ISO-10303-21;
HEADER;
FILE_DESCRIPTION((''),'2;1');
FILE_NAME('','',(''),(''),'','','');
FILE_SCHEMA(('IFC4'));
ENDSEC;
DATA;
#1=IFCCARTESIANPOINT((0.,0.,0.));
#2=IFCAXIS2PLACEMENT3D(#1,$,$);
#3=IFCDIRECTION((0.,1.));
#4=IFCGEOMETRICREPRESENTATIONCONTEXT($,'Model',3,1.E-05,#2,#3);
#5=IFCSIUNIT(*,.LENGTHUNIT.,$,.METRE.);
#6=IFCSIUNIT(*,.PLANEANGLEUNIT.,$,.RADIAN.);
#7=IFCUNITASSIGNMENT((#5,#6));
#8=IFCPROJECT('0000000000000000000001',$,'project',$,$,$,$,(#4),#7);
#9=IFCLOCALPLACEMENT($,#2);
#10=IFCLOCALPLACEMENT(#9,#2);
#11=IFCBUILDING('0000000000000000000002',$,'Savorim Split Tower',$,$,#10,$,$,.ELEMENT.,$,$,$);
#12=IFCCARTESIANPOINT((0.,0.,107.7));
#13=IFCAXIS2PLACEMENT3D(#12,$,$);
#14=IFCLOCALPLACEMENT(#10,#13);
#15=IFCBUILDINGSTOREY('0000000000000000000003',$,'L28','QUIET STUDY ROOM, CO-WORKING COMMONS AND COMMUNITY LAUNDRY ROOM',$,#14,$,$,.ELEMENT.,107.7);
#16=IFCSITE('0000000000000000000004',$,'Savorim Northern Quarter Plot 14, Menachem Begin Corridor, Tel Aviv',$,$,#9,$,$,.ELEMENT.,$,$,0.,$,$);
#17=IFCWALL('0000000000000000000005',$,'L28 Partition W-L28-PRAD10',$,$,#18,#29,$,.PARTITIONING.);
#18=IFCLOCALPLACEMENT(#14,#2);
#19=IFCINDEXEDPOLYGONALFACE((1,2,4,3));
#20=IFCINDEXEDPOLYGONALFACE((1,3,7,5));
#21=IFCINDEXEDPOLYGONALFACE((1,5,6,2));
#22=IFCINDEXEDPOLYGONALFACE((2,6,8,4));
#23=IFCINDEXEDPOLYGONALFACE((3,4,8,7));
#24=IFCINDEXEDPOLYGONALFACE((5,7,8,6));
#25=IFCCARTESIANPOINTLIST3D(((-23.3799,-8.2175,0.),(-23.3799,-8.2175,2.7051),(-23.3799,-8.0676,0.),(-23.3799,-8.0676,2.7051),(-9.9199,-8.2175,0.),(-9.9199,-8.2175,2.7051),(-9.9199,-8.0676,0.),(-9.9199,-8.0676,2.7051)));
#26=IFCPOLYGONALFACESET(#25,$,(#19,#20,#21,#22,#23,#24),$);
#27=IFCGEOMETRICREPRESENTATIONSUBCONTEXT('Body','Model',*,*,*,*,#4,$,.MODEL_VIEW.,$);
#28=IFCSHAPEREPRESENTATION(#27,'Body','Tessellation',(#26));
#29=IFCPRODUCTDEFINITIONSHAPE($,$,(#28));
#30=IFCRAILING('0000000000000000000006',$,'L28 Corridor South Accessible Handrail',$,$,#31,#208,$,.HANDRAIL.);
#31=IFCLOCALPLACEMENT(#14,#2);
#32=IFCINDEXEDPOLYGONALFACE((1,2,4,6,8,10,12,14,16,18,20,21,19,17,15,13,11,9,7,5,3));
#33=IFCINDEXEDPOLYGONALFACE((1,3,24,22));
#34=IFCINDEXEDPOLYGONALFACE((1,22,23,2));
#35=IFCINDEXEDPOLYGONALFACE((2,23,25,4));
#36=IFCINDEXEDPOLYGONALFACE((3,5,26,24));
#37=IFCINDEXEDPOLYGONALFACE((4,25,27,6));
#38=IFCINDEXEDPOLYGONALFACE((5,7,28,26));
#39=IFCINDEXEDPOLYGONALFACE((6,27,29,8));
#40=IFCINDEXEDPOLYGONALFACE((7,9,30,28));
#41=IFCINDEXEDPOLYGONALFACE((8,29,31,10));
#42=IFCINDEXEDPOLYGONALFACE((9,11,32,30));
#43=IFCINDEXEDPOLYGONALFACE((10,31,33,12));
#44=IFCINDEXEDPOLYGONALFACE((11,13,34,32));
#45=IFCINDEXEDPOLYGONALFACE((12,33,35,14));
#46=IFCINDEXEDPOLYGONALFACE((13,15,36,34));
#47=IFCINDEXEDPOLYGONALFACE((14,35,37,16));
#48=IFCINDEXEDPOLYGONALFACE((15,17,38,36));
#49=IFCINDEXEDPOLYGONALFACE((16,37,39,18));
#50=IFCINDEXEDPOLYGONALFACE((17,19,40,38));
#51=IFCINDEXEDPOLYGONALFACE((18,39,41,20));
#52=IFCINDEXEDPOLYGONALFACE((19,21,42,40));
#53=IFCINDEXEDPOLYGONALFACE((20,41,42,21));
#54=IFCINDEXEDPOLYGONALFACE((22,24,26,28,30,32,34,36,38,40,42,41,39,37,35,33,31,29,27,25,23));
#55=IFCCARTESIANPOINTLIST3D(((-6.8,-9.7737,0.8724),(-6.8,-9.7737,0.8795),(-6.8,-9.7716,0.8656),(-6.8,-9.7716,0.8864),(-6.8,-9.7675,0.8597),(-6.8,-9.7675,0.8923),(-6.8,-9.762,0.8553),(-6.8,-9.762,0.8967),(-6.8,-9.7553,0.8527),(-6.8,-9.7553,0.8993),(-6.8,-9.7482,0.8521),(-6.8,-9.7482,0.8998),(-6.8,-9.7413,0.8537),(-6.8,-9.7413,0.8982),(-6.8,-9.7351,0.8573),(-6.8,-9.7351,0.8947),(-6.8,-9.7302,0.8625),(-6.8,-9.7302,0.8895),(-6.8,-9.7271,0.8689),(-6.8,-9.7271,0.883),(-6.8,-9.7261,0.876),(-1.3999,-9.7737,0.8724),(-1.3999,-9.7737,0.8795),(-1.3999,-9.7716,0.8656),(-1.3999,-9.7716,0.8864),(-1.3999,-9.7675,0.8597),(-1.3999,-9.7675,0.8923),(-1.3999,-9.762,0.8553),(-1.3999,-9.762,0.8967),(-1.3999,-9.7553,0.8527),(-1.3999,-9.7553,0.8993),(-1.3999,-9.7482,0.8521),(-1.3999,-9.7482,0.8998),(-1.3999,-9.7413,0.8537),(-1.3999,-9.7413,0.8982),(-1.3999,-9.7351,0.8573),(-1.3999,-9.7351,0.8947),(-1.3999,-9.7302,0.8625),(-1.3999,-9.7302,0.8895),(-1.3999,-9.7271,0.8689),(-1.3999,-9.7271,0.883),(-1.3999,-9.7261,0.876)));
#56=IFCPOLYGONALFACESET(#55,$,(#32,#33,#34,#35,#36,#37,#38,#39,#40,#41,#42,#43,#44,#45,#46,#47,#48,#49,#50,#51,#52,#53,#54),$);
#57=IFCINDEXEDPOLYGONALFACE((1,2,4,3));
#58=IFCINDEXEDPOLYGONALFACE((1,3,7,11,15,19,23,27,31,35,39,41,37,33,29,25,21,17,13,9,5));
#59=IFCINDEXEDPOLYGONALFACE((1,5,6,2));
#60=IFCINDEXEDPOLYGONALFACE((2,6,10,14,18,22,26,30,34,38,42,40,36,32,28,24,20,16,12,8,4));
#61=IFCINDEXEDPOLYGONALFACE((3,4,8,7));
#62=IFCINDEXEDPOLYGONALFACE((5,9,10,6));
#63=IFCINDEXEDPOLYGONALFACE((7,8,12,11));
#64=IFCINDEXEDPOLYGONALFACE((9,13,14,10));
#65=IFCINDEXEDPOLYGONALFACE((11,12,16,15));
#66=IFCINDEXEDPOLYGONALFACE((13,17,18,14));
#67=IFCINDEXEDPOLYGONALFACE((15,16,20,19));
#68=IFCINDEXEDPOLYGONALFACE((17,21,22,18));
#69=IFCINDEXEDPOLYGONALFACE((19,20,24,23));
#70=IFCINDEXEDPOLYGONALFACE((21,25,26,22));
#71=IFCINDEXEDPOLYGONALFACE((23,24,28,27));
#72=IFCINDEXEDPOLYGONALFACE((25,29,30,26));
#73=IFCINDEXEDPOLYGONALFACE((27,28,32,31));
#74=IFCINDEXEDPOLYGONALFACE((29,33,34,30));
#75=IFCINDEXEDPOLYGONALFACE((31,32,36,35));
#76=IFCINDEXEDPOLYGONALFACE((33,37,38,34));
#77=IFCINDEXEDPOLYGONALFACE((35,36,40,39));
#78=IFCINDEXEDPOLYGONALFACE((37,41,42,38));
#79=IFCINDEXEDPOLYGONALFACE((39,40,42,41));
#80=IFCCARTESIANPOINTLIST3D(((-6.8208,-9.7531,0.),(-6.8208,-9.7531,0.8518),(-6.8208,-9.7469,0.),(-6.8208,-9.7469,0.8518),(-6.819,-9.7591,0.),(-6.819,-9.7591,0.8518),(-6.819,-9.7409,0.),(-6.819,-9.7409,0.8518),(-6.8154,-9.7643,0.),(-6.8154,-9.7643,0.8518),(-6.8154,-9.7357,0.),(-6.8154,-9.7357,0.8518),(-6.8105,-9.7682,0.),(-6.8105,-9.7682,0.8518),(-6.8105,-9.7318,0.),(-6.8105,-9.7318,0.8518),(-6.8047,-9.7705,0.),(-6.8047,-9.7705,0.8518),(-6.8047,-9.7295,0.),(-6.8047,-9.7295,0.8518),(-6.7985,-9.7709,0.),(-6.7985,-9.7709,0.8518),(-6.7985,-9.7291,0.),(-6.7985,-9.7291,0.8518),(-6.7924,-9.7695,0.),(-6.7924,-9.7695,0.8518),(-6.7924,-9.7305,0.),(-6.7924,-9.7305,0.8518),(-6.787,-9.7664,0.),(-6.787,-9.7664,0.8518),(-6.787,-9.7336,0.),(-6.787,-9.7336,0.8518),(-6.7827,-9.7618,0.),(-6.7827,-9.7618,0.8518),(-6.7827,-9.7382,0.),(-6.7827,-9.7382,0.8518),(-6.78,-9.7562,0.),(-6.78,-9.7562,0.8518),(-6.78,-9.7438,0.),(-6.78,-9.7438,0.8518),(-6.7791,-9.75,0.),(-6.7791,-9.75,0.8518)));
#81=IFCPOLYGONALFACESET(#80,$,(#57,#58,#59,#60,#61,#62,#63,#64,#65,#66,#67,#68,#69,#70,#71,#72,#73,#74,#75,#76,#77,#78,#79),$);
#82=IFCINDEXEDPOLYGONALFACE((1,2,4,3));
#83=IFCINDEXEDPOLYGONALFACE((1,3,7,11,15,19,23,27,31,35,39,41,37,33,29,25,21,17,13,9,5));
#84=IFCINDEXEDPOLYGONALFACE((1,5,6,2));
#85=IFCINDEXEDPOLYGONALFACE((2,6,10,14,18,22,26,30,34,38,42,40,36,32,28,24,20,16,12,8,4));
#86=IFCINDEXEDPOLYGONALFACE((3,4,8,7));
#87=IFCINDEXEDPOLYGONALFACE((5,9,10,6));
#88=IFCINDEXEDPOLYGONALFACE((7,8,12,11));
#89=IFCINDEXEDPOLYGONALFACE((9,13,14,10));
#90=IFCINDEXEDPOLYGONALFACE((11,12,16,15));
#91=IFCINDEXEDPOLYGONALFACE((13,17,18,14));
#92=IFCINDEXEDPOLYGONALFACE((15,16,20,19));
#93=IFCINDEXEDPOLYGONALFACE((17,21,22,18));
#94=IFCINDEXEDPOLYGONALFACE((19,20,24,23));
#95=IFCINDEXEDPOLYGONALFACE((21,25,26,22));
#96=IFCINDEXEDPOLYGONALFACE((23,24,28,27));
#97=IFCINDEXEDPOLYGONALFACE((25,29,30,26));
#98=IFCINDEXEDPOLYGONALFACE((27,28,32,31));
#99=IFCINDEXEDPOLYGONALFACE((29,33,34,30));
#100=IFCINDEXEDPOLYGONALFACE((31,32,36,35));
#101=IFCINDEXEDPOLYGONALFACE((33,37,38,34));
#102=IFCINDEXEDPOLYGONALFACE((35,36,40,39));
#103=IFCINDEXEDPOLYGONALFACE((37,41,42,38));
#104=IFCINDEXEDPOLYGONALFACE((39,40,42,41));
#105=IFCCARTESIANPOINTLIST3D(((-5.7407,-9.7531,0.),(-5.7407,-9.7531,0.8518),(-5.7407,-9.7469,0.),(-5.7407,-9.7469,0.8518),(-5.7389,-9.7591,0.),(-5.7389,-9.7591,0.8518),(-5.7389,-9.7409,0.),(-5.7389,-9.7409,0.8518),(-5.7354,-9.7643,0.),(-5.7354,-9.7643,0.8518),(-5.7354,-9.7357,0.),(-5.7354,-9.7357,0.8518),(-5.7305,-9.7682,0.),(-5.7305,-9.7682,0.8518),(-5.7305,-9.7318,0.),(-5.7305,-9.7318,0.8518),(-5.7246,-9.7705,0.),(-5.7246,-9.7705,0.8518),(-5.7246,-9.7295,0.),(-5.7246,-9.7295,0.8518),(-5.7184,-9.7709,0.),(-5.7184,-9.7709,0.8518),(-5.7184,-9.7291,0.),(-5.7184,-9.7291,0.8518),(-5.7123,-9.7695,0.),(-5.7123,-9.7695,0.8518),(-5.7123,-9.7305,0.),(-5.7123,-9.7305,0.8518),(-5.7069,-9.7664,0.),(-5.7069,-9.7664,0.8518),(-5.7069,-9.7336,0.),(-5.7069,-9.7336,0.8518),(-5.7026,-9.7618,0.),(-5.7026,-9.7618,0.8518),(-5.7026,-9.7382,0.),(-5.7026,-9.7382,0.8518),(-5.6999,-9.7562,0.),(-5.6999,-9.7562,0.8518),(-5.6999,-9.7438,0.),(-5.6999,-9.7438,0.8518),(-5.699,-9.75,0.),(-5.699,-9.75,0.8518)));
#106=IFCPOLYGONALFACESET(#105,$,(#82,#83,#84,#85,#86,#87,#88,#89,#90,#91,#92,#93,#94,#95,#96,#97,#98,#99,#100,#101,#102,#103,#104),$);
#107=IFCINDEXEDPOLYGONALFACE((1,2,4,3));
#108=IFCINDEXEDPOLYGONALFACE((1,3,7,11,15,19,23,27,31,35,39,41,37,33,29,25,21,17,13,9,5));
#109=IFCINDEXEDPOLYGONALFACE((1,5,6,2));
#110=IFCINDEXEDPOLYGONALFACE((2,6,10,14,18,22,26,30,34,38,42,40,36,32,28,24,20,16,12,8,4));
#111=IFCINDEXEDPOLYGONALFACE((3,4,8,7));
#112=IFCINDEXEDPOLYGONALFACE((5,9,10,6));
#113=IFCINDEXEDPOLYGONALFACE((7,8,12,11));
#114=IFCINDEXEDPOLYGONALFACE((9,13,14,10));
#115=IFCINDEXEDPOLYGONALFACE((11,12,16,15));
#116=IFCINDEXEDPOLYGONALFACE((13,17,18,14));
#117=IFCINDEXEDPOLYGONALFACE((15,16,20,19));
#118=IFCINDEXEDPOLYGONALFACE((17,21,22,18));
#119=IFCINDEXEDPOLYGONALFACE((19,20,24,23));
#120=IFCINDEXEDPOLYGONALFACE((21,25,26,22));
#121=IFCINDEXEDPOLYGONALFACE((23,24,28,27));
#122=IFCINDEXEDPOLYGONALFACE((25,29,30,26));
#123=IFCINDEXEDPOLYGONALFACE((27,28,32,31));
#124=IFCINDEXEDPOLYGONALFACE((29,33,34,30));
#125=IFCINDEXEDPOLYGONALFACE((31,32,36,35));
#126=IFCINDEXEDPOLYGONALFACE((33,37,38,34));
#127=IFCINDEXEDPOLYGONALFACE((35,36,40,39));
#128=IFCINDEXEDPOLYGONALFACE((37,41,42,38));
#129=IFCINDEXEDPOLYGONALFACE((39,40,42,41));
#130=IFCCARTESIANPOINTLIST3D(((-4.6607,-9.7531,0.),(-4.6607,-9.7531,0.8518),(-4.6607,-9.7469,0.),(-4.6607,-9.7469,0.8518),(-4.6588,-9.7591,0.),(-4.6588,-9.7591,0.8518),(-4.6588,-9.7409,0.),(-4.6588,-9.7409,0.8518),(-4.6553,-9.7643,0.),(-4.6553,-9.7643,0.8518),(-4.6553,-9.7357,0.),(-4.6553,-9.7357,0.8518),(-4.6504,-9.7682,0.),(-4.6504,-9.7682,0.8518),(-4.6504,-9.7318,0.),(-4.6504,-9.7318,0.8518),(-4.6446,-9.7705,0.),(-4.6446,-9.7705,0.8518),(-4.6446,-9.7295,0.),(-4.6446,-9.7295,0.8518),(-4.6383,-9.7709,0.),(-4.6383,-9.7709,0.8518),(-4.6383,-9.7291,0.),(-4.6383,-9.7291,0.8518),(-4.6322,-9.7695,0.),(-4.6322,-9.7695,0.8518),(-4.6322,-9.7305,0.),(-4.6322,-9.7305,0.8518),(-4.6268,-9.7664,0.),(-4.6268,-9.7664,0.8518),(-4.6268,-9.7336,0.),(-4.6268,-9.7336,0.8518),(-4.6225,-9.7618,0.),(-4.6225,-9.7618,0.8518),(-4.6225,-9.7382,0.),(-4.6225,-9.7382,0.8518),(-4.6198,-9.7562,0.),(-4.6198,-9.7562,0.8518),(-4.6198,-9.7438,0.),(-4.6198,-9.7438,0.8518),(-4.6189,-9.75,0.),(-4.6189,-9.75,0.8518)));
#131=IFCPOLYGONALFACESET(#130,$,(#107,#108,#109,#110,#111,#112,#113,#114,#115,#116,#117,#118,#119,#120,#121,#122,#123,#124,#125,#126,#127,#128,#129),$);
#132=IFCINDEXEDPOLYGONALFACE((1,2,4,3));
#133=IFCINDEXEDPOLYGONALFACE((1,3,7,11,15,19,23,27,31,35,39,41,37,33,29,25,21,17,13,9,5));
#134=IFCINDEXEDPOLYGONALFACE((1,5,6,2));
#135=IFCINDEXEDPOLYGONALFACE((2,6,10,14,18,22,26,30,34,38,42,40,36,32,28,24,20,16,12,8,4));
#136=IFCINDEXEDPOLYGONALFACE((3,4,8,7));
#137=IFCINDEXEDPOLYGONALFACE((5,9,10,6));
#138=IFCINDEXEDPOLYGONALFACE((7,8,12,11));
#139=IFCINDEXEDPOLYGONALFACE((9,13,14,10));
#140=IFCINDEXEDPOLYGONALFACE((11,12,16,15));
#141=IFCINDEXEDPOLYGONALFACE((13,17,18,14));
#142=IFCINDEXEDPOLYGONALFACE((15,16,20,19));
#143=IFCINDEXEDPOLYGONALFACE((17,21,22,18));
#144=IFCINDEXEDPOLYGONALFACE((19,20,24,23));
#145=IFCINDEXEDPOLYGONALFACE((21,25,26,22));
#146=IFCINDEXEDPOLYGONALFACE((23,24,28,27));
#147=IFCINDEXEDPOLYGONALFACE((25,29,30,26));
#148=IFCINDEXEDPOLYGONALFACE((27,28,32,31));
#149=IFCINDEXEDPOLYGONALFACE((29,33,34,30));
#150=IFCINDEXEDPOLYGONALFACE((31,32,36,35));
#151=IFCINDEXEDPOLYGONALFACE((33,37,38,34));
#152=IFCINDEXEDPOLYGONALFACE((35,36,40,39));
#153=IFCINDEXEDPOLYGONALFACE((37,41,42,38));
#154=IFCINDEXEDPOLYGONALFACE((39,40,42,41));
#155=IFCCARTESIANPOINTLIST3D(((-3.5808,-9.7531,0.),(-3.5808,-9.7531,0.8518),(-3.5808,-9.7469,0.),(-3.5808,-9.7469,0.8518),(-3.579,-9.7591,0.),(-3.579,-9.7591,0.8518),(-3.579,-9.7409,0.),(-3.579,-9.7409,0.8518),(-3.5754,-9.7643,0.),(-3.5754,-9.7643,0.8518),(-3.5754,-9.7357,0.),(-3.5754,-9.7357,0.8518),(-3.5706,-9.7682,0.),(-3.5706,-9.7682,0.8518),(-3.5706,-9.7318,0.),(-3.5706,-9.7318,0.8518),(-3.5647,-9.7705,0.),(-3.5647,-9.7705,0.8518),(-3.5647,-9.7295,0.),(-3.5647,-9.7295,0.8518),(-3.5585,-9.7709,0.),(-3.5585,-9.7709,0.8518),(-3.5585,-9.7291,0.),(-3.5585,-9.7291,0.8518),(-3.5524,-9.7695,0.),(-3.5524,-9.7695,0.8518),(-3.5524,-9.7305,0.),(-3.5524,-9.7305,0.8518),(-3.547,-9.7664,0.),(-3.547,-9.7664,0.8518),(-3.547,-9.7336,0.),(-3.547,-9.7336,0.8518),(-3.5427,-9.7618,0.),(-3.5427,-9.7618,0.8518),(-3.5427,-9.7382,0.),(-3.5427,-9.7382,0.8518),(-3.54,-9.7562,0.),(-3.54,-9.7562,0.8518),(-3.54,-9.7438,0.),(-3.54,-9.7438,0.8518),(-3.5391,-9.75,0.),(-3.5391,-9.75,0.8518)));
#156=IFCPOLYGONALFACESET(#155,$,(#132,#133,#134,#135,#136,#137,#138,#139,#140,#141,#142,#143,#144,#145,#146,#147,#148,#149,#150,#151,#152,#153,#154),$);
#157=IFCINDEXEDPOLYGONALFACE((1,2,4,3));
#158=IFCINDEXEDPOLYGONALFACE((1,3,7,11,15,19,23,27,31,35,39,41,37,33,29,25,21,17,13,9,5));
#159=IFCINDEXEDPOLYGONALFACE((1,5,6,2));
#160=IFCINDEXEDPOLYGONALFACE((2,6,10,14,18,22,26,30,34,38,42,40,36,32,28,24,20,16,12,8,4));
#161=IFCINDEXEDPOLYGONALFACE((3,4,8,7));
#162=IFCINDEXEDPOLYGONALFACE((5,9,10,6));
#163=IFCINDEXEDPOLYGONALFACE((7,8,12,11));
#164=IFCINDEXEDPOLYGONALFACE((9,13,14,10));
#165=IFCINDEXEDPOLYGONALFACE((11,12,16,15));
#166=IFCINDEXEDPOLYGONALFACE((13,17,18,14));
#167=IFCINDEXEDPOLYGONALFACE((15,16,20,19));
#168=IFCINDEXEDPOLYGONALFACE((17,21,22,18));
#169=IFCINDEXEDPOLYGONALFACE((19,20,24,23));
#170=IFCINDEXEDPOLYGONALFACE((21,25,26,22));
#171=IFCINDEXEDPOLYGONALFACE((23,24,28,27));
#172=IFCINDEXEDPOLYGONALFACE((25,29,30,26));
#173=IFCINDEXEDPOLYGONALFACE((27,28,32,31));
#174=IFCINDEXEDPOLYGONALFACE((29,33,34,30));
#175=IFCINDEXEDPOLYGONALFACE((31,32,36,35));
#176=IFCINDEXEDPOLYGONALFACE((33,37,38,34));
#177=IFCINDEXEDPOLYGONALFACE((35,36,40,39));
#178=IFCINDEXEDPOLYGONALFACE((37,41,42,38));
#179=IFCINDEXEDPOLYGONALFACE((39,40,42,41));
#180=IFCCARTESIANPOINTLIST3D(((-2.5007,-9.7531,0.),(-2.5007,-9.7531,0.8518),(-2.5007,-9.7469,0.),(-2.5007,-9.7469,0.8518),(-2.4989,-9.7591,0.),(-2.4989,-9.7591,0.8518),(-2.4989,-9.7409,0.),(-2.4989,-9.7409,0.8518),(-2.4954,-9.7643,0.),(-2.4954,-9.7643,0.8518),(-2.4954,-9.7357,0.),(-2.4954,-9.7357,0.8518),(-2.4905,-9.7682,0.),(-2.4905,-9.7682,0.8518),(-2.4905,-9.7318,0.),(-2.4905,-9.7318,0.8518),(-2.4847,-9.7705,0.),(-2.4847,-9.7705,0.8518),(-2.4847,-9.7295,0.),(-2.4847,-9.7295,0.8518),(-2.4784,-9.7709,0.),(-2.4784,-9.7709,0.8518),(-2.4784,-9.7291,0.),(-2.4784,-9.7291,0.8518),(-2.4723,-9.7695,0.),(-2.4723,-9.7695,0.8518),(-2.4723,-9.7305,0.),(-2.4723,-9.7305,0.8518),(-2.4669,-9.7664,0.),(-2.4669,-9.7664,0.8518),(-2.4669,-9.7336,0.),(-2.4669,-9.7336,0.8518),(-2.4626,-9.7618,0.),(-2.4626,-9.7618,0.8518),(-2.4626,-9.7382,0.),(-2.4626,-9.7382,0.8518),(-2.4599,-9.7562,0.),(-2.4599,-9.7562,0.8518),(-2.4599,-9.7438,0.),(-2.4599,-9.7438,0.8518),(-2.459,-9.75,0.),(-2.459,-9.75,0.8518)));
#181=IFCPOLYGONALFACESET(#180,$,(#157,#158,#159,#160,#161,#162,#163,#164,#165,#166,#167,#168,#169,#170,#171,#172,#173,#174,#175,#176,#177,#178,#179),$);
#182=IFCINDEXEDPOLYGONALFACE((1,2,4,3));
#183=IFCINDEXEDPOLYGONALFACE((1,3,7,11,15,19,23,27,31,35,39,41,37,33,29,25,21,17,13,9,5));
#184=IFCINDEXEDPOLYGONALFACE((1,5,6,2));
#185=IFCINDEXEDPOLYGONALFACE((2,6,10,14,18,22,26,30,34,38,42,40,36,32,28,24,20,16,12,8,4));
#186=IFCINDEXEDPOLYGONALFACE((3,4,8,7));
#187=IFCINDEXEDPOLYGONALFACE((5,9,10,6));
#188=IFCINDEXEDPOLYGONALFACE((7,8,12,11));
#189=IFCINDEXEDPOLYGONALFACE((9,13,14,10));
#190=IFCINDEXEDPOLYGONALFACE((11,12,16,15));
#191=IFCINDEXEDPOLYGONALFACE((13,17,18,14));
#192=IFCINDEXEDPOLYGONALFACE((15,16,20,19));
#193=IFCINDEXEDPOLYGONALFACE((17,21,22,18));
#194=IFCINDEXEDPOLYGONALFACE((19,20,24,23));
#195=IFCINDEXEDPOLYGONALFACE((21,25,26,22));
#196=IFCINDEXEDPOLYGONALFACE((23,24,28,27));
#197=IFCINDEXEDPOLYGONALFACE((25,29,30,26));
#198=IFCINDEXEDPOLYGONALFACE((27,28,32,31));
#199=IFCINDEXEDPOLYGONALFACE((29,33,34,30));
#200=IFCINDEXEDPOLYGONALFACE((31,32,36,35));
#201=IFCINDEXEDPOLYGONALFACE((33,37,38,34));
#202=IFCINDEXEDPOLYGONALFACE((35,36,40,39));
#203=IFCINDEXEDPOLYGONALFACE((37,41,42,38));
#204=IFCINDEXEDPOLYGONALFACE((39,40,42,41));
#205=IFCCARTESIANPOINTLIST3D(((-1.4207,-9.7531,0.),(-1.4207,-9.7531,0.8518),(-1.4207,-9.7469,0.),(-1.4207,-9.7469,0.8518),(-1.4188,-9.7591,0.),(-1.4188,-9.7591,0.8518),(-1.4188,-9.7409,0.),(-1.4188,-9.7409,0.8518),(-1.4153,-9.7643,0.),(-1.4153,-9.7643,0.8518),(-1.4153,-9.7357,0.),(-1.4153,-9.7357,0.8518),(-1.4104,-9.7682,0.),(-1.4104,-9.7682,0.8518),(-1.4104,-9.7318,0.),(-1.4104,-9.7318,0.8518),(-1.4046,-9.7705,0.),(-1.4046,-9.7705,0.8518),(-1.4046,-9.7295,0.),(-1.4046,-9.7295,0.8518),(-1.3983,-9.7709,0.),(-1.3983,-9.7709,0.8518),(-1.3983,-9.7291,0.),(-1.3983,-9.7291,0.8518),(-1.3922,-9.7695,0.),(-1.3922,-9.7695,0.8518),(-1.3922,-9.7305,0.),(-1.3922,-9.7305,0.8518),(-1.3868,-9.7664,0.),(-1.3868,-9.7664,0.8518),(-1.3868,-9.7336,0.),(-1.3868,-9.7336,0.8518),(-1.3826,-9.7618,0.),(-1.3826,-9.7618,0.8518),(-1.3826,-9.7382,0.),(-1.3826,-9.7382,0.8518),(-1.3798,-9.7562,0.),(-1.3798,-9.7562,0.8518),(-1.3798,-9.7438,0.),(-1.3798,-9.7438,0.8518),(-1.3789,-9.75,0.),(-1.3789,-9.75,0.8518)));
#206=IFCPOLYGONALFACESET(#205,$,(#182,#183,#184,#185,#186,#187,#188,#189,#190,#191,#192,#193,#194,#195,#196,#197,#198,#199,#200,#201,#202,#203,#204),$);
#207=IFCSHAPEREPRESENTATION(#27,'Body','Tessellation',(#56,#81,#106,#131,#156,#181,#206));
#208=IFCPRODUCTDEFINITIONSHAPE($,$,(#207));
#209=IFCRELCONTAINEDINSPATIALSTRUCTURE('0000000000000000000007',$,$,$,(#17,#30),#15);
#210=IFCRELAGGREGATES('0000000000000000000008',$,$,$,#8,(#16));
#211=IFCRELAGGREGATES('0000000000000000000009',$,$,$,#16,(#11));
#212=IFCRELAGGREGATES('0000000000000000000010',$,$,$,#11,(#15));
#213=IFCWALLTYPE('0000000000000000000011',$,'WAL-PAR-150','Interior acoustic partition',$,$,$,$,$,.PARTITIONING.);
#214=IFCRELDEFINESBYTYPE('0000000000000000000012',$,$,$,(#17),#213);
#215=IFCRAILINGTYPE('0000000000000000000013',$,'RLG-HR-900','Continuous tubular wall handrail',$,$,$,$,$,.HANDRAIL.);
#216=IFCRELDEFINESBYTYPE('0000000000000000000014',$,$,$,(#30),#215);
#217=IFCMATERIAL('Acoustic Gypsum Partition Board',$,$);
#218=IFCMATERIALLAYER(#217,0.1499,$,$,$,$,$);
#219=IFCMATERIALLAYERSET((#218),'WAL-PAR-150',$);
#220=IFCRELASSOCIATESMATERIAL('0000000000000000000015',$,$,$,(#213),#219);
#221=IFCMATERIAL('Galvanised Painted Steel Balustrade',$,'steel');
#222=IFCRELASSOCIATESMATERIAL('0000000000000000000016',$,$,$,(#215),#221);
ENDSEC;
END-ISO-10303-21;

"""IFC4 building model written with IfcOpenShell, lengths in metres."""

from ifc_helpers import new_model, si_unit, direction, frame, frame_2d, origin, origin_2d, place, context, subcontext, project, spatial, rectangle, circle, extrude, material, layer, layer_set, type_object, element, save


model = new_model("IFC4")

# Units and contexts
model_context = context("Model", 3, precision=1e-05, world=origin(), true_north=direction((0.0, 1.0)))
body_context = subcontext(model_context, "Body", "Model", "MODEL_VIEW")
ifc_project = project(units=[si_unit("LENGTHUNIT", "METRE"), si_unit("PLANEANGLEUNIT", "RADIAN")], contexts=[model_context])

# Site, building, storey
site_placement = place(None, origin())
site = spatial("IfcSite", under=ifc_project, at=site_placement, Name="Savorim Northern Quarter Plot 14, Menachem Begin Corridor, Tel Aviv", CompositionType="ELEMENT", RefElevation=0.0)
building_placement = place(site_placement, origin())
building = spatial("IfcBuilding", under=site, at=building_placement, Name="Savorim Split Tower", CompositionType="ELEMENT")
storey_placement = place(building_placement, frame((0.0, 0.0, 107.7)))
storey = spatial("IfcBuildingStorey", under=building, at=storey_placement, Name="L28", Description="QUIET STUDY ROOM, CO-WORKING COMMONS AND COMMUNITY LAUNDRY ROOM", CompositionType="ELEMENT", Elevation=107.7)

# Shared definitions
ifc_material_1 = material(Name="Acoustic Gypsum Partition Board")
ifc_layer_1 = layer(ifc_material_1, 0.1499)
ifc_layer_set_1 = layer_set([ifc_layer_1], Name="WAL-PAR-150")
wall_type_1 = type_object("IfcWallType", Name="WAL-PAR-150", Description="Interior acoustic partition", PredefinedType="PARTITIONING", material=ifc_layer_set_1)

# Wall
wall_1_placement = place(storey_placement, frame((-9.9199, -8.1426, 0.0), z_axis=(0.0, 0.0, 1.0), x_axis=(-1.0, 0.0, 0.0)))
element("IfcWall", 1, at=wall_1_placement, inside=storey, type_object=wall_type_1, Name="L28 Partition W-L28-PRAD10", PredefinedType="PARTITIONING", context=body_context, shape_type="SweptSolid", body=[
    extrude(rectangle(XDim=13.46, YDim=0.1499, at=frame_2d((6.73, 0.0))), origin(), (0.0, 0.0, 1.0), 2.7051),
])

# Railing
ifc_material_2 = material(Name="Galvanised Painted Steel Balustrade", Category="steel")
railing_type = type_object("IfcRailingType", Name="RLG-HR-900", Description="Continuous tubular wall handrail", PredefinedType="HANDRAIL", material=ifc_material_2)
railing_1_placement = place(storey_placement, frame((-6.8, -9.75, 0.0)))
element("IfcRailing", 2, at=railing_1_placement, inside=storey, type_object=railing_type, Name="L28 Corridor South Accessible Handrail", PredefinedType="HANDRAIL", context=body_context, shape_type="SweptSolid", body=[
    extrude(circle(Radius=0.0239, at=origin_2d()), frame((0.0, 0.0, 0.876), z_axis=(1.0, 0.0, 0.0), x_axis=(0.0, 1.0, 0.0)), (0.0, 0.0, 1.0), 5.4001),
    extrude(circle(Radius=0.021, at=origin_2d()), origin(), (0.0, 0.0, 1.0), 0.8518),
    extrude(circle(Radius=0.021, at=origin_2d()), frame((1.0801, 0.0, 0.0)), (0.0, 0.0, 1.0), 0.8518),
    extrude(circle(Radius=0.021, at=origin_2d()), frame((2.1602, 0.0, 0.0)), (0.0, 0.0, 1.0), 0.8518),
    extrude(circle(Radius=0.021, at=origin_2d()), frame((3.24, 0.0, 0.0)), (0.0, 0.0, 1.0), 0.8518),
    extrude(circle(Radius=0.021, at=origin_2d()), frame((4.3201, 0.0, 0.0)), (0.0, 0.0, 1.0), 0.8518),
    extrude(circle(Radius=0.021, at=origin_2d()), frame((5.4001, 0.0, 0.0)), (0.0, 0.0, 1.0), 0.8518),
])

save(model, "model.ifc")
